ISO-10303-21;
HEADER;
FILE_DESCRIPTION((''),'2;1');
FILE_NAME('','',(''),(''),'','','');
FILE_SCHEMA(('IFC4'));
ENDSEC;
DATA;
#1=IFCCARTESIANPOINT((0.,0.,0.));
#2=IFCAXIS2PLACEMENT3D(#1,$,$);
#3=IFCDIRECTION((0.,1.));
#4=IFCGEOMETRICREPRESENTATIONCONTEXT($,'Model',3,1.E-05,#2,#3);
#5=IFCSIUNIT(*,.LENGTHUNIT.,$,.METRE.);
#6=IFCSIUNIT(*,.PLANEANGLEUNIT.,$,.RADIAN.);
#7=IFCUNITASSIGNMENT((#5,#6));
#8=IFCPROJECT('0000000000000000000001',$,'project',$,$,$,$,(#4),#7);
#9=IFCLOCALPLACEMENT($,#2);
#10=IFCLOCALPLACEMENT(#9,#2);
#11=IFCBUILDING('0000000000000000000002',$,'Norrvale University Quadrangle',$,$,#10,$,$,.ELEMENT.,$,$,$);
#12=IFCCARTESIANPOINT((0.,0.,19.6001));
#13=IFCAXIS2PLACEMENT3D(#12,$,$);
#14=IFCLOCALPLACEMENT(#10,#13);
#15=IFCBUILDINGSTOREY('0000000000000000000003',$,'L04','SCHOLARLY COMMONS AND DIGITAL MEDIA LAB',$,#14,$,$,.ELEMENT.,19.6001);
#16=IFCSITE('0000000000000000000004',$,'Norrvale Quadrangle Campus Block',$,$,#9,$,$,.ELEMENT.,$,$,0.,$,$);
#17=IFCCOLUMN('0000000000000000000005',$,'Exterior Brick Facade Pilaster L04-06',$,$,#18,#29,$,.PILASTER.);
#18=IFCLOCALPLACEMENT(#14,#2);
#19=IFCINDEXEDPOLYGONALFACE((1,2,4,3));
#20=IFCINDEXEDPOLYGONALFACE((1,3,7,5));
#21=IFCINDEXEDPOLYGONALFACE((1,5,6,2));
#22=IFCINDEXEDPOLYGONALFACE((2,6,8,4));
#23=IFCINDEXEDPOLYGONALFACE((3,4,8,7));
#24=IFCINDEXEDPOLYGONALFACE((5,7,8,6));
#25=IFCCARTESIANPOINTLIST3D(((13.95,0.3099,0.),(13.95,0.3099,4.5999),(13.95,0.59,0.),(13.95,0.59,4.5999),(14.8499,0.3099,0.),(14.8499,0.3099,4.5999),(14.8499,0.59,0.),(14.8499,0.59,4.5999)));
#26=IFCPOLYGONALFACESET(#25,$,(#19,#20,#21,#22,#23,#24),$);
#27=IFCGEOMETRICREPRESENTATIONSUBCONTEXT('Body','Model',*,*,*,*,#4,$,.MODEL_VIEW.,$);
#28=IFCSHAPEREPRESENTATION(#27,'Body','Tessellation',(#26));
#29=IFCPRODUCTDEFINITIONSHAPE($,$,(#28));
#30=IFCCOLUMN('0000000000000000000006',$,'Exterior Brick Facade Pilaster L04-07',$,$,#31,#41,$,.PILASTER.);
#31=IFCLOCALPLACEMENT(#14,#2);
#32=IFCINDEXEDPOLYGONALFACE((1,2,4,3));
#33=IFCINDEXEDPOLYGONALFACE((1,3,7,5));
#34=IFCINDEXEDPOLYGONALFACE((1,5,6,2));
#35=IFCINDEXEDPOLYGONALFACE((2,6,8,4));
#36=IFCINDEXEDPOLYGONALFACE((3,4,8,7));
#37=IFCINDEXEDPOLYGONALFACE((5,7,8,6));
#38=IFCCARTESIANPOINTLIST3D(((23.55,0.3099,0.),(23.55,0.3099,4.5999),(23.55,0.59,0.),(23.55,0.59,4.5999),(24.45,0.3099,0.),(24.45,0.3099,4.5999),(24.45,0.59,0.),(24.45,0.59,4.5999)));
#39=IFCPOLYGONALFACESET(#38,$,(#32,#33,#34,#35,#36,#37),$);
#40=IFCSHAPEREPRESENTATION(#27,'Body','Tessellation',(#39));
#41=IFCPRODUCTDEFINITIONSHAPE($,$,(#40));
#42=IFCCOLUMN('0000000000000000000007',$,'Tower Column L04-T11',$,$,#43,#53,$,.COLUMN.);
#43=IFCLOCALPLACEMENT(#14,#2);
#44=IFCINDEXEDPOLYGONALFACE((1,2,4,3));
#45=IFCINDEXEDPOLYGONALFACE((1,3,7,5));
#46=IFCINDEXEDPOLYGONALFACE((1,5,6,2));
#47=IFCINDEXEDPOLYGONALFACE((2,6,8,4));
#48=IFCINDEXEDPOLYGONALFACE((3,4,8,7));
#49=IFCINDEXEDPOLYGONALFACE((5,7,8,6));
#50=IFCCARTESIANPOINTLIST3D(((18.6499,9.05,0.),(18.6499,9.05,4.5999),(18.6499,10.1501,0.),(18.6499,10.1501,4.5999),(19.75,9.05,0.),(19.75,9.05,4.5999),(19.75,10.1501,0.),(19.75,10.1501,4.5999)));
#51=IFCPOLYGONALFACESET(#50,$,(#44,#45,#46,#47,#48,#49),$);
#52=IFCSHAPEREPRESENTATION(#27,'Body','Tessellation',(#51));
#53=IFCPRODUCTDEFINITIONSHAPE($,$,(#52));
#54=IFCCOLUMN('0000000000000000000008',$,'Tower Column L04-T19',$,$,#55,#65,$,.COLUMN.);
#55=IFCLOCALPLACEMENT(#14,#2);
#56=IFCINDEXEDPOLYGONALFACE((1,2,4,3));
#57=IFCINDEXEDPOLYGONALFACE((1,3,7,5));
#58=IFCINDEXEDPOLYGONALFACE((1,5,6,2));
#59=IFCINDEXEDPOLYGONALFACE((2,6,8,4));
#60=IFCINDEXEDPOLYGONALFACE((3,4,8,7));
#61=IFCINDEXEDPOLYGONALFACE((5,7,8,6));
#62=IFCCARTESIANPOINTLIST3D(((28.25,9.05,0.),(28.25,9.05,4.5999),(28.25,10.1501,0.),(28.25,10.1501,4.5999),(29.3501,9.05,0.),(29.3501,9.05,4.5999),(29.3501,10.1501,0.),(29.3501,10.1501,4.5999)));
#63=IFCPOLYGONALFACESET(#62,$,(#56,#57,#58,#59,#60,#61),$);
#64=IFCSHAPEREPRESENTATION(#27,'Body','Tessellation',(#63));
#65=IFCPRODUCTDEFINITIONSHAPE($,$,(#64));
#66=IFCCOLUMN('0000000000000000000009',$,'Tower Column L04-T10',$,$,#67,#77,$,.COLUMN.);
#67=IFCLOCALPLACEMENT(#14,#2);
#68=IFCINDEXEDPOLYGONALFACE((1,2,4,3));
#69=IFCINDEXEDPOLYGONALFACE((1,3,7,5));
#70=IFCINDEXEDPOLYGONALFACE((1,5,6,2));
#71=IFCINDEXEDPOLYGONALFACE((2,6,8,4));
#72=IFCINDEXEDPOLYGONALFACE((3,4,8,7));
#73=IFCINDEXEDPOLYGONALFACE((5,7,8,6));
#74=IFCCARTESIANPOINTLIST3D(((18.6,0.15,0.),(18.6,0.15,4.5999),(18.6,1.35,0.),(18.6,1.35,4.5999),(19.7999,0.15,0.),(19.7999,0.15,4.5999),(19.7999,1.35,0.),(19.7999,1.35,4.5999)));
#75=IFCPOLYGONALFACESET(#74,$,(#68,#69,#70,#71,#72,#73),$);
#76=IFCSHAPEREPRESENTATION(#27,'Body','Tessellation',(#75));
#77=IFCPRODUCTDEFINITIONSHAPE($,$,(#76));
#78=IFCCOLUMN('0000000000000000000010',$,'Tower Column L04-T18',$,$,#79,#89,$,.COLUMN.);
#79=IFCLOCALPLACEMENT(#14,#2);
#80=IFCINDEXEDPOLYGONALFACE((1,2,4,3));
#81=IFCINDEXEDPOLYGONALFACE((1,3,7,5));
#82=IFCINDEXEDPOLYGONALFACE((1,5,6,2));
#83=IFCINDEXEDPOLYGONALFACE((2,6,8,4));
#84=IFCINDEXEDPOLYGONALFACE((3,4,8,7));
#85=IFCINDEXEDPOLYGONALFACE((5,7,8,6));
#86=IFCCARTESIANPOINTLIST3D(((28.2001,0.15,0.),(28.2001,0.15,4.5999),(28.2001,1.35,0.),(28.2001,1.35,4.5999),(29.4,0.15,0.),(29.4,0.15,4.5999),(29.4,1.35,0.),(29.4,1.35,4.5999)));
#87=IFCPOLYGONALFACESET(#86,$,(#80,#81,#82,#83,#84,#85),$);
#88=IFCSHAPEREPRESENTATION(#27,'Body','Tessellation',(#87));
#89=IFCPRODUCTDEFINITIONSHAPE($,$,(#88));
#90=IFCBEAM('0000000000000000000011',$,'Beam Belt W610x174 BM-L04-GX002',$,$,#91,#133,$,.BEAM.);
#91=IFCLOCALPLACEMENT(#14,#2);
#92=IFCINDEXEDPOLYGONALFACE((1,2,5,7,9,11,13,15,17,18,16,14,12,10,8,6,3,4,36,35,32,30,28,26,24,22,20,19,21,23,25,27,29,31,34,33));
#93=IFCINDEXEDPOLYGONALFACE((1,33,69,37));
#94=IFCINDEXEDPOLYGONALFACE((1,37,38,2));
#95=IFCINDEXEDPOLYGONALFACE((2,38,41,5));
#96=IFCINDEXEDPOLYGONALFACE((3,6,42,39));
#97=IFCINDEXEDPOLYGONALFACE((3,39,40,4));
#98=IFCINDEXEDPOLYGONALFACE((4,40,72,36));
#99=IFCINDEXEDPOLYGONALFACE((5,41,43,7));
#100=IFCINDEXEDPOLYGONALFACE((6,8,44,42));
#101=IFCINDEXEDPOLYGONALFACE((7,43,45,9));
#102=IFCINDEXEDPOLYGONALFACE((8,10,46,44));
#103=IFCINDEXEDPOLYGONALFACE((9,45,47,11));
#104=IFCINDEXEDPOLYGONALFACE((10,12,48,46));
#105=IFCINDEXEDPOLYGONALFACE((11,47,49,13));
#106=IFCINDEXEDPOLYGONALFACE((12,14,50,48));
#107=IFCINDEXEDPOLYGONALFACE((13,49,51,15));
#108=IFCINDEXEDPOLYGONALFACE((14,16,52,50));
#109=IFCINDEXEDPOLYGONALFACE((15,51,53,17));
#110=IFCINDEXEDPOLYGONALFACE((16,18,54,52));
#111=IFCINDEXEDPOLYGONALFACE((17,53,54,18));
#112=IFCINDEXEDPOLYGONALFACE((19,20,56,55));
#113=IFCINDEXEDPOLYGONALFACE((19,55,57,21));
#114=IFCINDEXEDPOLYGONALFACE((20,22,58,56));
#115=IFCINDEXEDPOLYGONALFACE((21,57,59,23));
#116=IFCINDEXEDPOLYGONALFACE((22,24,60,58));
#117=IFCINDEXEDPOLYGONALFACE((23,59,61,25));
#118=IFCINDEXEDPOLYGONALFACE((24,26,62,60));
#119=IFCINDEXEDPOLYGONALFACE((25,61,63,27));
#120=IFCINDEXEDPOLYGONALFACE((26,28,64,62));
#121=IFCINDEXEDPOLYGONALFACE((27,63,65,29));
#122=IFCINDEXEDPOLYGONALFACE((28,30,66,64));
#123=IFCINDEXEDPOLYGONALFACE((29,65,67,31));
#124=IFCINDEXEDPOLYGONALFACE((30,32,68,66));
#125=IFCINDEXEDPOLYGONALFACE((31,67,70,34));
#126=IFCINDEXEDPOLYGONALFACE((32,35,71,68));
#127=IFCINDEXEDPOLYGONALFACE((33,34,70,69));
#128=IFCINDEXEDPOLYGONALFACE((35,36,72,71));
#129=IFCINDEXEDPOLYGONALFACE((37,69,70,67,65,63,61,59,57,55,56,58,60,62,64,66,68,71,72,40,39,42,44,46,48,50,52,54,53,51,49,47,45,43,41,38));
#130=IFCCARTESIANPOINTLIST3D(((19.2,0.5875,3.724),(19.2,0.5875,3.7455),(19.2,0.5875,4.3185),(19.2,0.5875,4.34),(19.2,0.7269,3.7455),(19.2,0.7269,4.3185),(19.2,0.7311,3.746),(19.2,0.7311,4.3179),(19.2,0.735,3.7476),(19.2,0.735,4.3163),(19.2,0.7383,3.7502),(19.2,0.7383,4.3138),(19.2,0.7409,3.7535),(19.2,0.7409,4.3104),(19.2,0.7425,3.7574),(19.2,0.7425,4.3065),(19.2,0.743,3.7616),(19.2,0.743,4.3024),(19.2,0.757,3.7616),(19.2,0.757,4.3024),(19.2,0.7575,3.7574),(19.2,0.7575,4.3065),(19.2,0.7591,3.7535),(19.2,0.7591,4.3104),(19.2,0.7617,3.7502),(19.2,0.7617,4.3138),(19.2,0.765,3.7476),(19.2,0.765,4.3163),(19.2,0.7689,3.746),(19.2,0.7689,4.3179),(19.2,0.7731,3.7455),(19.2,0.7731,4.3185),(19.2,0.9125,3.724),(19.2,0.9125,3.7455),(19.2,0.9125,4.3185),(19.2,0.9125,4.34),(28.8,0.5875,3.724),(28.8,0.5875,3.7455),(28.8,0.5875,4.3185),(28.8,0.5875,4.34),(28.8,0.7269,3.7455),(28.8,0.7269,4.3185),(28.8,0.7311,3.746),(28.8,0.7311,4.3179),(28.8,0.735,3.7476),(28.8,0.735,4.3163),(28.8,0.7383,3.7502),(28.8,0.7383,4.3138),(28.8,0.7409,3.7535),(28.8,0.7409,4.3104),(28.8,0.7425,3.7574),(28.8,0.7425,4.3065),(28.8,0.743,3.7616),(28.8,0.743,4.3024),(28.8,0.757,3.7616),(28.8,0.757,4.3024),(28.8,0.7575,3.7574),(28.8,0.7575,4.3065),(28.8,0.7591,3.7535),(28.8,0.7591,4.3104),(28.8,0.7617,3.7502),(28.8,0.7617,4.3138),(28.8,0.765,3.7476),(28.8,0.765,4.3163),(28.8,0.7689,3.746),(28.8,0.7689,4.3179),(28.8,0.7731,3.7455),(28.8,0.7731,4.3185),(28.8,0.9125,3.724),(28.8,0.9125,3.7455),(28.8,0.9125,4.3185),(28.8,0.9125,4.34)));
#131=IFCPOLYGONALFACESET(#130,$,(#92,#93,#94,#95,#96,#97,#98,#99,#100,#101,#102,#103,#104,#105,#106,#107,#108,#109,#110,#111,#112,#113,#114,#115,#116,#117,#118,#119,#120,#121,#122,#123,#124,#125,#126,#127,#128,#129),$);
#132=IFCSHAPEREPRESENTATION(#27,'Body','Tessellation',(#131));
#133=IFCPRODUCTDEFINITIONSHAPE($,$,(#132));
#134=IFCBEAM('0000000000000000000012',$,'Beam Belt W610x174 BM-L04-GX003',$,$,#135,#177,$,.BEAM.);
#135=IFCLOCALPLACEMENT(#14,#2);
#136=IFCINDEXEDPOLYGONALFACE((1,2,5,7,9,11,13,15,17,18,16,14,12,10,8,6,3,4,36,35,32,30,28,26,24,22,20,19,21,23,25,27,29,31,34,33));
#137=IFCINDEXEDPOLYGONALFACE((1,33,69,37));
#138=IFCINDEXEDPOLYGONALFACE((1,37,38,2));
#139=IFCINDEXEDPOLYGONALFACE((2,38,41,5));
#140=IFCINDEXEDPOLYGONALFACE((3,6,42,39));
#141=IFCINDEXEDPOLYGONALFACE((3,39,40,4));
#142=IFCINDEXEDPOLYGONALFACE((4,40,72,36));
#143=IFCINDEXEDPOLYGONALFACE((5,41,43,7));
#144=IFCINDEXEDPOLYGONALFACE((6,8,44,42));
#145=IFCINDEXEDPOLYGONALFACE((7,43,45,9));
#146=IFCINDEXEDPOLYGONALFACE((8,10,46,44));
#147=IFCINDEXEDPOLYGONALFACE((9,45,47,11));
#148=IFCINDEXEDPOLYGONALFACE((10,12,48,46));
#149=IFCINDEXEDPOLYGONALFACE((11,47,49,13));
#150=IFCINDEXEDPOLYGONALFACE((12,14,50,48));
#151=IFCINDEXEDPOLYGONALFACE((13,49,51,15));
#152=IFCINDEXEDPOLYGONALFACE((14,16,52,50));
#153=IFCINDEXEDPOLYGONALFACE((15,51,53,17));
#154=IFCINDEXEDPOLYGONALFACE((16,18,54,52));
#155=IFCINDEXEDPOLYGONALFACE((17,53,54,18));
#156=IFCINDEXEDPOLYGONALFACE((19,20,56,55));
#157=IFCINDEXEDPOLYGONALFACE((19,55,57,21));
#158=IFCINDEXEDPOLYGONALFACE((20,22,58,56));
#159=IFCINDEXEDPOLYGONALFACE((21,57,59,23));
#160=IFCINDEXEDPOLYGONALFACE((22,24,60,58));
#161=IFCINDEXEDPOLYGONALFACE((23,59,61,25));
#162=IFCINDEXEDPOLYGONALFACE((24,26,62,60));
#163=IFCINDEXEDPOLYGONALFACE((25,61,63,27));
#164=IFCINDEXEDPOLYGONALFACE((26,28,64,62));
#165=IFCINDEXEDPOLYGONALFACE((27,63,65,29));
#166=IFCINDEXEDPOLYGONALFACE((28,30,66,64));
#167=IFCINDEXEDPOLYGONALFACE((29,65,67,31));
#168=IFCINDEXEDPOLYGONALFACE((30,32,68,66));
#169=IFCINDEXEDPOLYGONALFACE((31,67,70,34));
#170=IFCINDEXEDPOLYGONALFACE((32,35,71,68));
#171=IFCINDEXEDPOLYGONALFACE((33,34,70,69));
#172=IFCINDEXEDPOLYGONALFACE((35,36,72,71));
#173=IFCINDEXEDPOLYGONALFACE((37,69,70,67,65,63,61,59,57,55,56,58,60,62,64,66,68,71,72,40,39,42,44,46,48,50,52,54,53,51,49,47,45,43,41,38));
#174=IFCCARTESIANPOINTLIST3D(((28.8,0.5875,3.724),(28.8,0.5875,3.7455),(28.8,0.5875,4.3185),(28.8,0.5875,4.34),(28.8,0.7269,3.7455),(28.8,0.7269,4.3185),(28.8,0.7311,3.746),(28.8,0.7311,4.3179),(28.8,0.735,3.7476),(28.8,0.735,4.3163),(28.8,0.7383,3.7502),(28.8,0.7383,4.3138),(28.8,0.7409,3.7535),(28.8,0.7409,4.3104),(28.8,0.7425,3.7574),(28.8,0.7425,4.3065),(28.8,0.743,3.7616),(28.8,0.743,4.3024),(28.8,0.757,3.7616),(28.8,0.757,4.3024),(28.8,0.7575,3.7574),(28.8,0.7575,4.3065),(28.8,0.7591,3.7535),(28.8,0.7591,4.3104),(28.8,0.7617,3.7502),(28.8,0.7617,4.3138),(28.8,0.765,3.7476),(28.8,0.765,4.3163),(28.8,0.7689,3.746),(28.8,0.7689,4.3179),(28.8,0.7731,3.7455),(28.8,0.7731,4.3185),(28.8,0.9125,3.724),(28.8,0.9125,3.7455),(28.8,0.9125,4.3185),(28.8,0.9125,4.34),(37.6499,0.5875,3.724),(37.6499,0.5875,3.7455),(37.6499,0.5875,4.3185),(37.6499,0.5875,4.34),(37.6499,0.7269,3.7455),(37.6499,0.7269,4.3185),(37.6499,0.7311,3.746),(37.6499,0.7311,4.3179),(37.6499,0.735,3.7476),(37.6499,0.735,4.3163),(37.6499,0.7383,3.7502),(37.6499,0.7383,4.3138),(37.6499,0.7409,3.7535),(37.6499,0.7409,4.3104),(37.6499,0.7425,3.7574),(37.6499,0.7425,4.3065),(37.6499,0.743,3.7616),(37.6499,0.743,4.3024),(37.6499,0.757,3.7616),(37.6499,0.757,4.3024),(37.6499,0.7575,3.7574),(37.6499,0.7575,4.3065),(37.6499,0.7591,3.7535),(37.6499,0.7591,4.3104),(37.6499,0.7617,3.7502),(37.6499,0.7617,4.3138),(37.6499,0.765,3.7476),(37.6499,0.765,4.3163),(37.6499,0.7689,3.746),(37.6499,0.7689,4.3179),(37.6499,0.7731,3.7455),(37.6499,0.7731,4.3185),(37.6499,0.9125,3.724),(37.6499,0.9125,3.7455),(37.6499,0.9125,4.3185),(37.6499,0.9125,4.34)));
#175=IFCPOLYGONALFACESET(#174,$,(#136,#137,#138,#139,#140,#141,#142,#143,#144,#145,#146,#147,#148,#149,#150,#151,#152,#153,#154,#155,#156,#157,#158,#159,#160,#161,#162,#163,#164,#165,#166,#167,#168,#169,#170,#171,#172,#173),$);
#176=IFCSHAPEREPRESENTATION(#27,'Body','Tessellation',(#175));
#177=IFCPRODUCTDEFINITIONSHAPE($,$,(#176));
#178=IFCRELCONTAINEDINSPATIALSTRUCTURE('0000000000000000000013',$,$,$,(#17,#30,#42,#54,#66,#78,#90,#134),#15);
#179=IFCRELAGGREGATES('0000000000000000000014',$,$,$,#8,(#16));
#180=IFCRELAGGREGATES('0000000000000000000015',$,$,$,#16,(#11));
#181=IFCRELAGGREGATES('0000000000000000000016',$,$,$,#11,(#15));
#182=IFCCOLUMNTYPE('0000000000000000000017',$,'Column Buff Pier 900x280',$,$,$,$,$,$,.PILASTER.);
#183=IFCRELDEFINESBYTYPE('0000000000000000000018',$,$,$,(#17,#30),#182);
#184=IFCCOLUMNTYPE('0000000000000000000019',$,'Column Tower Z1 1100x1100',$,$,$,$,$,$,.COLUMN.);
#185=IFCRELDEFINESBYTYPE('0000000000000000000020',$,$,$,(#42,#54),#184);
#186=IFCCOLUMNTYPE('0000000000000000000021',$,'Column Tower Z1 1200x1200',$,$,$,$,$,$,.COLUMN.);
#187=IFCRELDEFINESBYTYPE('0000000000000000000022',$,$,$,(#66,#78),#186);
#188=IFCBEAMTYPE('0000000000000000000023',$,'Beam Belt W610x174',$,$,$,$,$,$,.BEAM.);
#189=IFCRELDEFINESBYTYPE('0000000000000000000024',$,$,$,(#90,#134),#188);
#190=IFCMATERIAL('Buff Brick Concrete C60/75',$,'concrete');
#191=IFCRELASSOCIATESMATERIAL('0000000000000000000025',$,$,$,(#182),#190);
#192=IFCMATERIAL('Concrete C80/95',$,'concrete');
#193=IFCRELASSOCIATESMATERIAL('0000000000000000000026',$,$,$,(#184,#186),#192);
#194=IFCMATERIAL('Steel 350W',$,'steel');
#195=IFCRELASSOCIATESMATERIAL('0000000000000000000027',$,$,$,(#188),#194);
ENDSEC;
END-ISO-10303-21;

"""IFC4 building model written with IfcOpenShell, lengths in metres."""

from ifc_helpers import new_model, si_unit, direction, frame, origin, origin_2d, place, context, subcontext, project, spatial, rectangle, i_section, extrude, material, material_profile, profile_set, type_object, element, save


model = new_model("IFC4")

# Units and contexts
model_context = context("Model", 3, precision=1e-05, world=origin(), true_north=direction((0.0, 1.0)))
body_context = subcontext(model_context, "Body", "Model", "MODEL_VIEW")
ifc_project = project(units=[si_unit("LENGTHUNIT", "METRE"), si_unit("PLANEANGLEUNIT", "RADIAN")], contexts=[model_context])

# Site, building, storey
site_placement = place(None, origin())
site = spatial("IfcSite", under=ifc_project, at=site_placement, Name="Norrvale Quadrangle Campus Block", CompositionType="ELEMENT", RefElevation=0.0)
building_placement = place(site_placement, origin())
building = spatial("IfcBuilding", under=site, at=building_placement, Name="Norrvale University Quadrangle", CompositionType="ELEMENT")
storey_placement = place(building_placement, frame((0.0, 0.0, 19.6001)))
storey = spatial("IfcBuildingStorey", under=building, at=storey_placement, Name="L04", Description="SCHOLARLY COMMONS AND DIGITAL MEDIA LAB", CompositionType="ELEMENT", Elevation=19.6001)

# Columns
ifc_material_1 = material(Name="Buff Brick Concrete C60/75", Category="concrete")
ifc_material_profile_1 = material_profile(ifc_material_1, rectangle(XDim=0.8999, YDim=0.28, at=origin_2d()), Name="Buff Brick Concrete C60/75")
ifc_profile_set_1 = profile_set([ifc_material_profile_1], Name="Buff Brick Concrete C60/75")
column_type_1 = type_object("IfcColumnType", Name="Column Buff Pier 900x280", PredefinedType="PILASTER", material=ifc_profile_set_1)
for number, where, z_axis, x_axis, name in (
    (1, (14.3999, 0.45, 0.0), (0.0, 0.0, 1.0), (1.0, 0.0, 0.0), "Exterior Brick Facade Pilaster L04-06"),
    (2, (24.0, 0.45, 0.0), (0.0, 0.0, 1.0), (1.0, 0.0, 0.0), "Exterior Brick Facade Pilaster L04-07"),
):
    element("IfcColumn", number, at=place(storey_placement, frame(where, z_axis=z_axis, x_axis=x_axis)), inside=storey, type_object=column_type_1, Name=name, PredefinedType="PILASTER", context=body_context, shape_type="SweptSolid", body=[
        extrude(rectangle(XDim=0.8999, YDim=0.28, at=origin_2d()), origin(), (0.0, 0.0, 1.0), 4.5999),
    ])
ifc_material_2 = material(Name="Concrete C80/95", Category="concrete")
ifc_material_profile_2 = material_profile(ifc_material_2, rectangle(XDim=1.1001, YDim=1.1001, at=origin_2d()), Name="Concrete C80/95")
ifc_profile_set_2 = profile_set([ifc_material_profile_2], Name="Concrete C80/95")
column_type_2 = type_object("IfcColumnType", Name="Column Tower Z1 1100x1100", PredefinedType="COLUMN", material=ifc_profile_set_2)
for number, where, z_axis, x_axis, name in (
    (3, (19.2, 9.6001, 0.0), (0.0, 0.0, 1.0), (1.0, 0.0, 0.0), "Tower Column L04-T11"),
    (4, (28.8, 9.6001, 0.0), (0.0, 0.0, 1.0), (1.0, 0.0, 0.0), "Tower Column L04-T19"),
):
    element("IfcColumn", number, at=place(storey_placement, frame(where, z_axis=z_axis, x_axis=x_axis)), inside=storey, type_object=column_type_2, Name=name, PredefinedType="COLUMN", context=body_context, shape_type="SweptSolid", body=[
        extrude(rectangle(XDim=1.1001, YDim=1.1001, at=origin_2d()), origin(), (0.0, 0.0, 1.0), 4.5999),
    ])
ifc_material_profile_3 = material_profile(ifc_material_2, rectangle(XDim=1.2, YDim=1.2, at=origin_2d()), Name="Concrete C80/95")
ifc_profile_set_3 = profile_set([ifc_material_profile_3], Name="Concrete C80/95")
column_type_3 = type_object("IfcColumnType", Name="Column Tower Z1 1200x1200", PredefinedType="COLUMN", material=ifc_profile_set_3)
for number, where, z_axis, x_axis, name in (
    (5, (19.2, 0.75, 0.0), (0.0, 0.0, 1.0), (1.0, 0.0, 0.0), "Tower Column L04-T10"),
    (6, (28.8, 0.75, 0.0), (0.0, 0.0, 1.0), (1.0, 0.0, 0.0), "Tower Column L04-T18"),
):
    element("IfcColumn", number, at=place(storey_placement, frame(where, z_axis=z_axis, x_axis=x_axis)), inside=storey, type_object=column_type_3, Name=name, PredefinedType="COLUMN", context=body_context, shape_type="SweptSolid", body=[
        extrude(rectangle(XDim=1.2, YDim=1.2, at=origin_2d()), origin(), (0.0, 0.0, 1.0), 4.5999),
    ])

# Beams
ifc_material_3 = material(Name="Steel 350W", Category="steel")
ifc_material_profile_4 = material_profile(ifc_material_3, i_section(OverallWidth=0.325, OverallDepth=0.616, WebThickness=0.0139, FlangeThickness=0.0215, FilletRadius=0.0161, at=origin_2d()), Name="Steel 350W")
ifc_profile_set_4 = profile_set([ifc_material_profile_4], Name="Steel 350W")
beam_type_1 = type_object("IfcBeamType", Name="Beam Belt W610x174", PredefinedType="BEAM", material=ifc_profile_set_4)
beam_1_placement = place(storey_placement, frame((19.2, 0.75, 4.032), z_axis=(1.0, 0.0, 0.0), x_axis=(0.0, 1.0, 0.0)))
element("IfcBeam", 7, at=beam_1_placement, inside=storey, type_object=beam_type_1, Name="Beam Belt W610x174 BM-L04-GX002", PredefinedType="BEAM", context=body_context, shape_type="SweptSolid", body=[
    extrude(i_section(OverallWidth=0.325, OverallDepth=0.616, WebThickness=0.0139, FlangeThickness=0.0215, FilletRadius=0.0161, at=origin_2d()), origin(), (0.0, 0.0, 1.0), 9.6001),
])
beam_2_placement = place(storey_placement, frame((28.8, 0.75, 4.032), z_axis=(1.0, 0.0, 0.0), x_axis=(0.0, 1.0, 0.0)))
element("IfcBeam", 8, at=beam_2_placement, inside=storey, type_object=beam_type_1, Name="Beam Belt W610x174 BM-L04-GX003", PredefinedType="BEAM", context=body_context, shape_type="SweptSolid", body=[
    extrude(i_section(OverallWidth=0.325, OverallDepth=0.616, WebThickness=0.0139, FlangeThickness=0.0215, FilletRadius=0.0161, at=origin_2d()), origin(), (0.0, 0.0, 1.0), 8.8499),
])

save(model, "model.ifc")
